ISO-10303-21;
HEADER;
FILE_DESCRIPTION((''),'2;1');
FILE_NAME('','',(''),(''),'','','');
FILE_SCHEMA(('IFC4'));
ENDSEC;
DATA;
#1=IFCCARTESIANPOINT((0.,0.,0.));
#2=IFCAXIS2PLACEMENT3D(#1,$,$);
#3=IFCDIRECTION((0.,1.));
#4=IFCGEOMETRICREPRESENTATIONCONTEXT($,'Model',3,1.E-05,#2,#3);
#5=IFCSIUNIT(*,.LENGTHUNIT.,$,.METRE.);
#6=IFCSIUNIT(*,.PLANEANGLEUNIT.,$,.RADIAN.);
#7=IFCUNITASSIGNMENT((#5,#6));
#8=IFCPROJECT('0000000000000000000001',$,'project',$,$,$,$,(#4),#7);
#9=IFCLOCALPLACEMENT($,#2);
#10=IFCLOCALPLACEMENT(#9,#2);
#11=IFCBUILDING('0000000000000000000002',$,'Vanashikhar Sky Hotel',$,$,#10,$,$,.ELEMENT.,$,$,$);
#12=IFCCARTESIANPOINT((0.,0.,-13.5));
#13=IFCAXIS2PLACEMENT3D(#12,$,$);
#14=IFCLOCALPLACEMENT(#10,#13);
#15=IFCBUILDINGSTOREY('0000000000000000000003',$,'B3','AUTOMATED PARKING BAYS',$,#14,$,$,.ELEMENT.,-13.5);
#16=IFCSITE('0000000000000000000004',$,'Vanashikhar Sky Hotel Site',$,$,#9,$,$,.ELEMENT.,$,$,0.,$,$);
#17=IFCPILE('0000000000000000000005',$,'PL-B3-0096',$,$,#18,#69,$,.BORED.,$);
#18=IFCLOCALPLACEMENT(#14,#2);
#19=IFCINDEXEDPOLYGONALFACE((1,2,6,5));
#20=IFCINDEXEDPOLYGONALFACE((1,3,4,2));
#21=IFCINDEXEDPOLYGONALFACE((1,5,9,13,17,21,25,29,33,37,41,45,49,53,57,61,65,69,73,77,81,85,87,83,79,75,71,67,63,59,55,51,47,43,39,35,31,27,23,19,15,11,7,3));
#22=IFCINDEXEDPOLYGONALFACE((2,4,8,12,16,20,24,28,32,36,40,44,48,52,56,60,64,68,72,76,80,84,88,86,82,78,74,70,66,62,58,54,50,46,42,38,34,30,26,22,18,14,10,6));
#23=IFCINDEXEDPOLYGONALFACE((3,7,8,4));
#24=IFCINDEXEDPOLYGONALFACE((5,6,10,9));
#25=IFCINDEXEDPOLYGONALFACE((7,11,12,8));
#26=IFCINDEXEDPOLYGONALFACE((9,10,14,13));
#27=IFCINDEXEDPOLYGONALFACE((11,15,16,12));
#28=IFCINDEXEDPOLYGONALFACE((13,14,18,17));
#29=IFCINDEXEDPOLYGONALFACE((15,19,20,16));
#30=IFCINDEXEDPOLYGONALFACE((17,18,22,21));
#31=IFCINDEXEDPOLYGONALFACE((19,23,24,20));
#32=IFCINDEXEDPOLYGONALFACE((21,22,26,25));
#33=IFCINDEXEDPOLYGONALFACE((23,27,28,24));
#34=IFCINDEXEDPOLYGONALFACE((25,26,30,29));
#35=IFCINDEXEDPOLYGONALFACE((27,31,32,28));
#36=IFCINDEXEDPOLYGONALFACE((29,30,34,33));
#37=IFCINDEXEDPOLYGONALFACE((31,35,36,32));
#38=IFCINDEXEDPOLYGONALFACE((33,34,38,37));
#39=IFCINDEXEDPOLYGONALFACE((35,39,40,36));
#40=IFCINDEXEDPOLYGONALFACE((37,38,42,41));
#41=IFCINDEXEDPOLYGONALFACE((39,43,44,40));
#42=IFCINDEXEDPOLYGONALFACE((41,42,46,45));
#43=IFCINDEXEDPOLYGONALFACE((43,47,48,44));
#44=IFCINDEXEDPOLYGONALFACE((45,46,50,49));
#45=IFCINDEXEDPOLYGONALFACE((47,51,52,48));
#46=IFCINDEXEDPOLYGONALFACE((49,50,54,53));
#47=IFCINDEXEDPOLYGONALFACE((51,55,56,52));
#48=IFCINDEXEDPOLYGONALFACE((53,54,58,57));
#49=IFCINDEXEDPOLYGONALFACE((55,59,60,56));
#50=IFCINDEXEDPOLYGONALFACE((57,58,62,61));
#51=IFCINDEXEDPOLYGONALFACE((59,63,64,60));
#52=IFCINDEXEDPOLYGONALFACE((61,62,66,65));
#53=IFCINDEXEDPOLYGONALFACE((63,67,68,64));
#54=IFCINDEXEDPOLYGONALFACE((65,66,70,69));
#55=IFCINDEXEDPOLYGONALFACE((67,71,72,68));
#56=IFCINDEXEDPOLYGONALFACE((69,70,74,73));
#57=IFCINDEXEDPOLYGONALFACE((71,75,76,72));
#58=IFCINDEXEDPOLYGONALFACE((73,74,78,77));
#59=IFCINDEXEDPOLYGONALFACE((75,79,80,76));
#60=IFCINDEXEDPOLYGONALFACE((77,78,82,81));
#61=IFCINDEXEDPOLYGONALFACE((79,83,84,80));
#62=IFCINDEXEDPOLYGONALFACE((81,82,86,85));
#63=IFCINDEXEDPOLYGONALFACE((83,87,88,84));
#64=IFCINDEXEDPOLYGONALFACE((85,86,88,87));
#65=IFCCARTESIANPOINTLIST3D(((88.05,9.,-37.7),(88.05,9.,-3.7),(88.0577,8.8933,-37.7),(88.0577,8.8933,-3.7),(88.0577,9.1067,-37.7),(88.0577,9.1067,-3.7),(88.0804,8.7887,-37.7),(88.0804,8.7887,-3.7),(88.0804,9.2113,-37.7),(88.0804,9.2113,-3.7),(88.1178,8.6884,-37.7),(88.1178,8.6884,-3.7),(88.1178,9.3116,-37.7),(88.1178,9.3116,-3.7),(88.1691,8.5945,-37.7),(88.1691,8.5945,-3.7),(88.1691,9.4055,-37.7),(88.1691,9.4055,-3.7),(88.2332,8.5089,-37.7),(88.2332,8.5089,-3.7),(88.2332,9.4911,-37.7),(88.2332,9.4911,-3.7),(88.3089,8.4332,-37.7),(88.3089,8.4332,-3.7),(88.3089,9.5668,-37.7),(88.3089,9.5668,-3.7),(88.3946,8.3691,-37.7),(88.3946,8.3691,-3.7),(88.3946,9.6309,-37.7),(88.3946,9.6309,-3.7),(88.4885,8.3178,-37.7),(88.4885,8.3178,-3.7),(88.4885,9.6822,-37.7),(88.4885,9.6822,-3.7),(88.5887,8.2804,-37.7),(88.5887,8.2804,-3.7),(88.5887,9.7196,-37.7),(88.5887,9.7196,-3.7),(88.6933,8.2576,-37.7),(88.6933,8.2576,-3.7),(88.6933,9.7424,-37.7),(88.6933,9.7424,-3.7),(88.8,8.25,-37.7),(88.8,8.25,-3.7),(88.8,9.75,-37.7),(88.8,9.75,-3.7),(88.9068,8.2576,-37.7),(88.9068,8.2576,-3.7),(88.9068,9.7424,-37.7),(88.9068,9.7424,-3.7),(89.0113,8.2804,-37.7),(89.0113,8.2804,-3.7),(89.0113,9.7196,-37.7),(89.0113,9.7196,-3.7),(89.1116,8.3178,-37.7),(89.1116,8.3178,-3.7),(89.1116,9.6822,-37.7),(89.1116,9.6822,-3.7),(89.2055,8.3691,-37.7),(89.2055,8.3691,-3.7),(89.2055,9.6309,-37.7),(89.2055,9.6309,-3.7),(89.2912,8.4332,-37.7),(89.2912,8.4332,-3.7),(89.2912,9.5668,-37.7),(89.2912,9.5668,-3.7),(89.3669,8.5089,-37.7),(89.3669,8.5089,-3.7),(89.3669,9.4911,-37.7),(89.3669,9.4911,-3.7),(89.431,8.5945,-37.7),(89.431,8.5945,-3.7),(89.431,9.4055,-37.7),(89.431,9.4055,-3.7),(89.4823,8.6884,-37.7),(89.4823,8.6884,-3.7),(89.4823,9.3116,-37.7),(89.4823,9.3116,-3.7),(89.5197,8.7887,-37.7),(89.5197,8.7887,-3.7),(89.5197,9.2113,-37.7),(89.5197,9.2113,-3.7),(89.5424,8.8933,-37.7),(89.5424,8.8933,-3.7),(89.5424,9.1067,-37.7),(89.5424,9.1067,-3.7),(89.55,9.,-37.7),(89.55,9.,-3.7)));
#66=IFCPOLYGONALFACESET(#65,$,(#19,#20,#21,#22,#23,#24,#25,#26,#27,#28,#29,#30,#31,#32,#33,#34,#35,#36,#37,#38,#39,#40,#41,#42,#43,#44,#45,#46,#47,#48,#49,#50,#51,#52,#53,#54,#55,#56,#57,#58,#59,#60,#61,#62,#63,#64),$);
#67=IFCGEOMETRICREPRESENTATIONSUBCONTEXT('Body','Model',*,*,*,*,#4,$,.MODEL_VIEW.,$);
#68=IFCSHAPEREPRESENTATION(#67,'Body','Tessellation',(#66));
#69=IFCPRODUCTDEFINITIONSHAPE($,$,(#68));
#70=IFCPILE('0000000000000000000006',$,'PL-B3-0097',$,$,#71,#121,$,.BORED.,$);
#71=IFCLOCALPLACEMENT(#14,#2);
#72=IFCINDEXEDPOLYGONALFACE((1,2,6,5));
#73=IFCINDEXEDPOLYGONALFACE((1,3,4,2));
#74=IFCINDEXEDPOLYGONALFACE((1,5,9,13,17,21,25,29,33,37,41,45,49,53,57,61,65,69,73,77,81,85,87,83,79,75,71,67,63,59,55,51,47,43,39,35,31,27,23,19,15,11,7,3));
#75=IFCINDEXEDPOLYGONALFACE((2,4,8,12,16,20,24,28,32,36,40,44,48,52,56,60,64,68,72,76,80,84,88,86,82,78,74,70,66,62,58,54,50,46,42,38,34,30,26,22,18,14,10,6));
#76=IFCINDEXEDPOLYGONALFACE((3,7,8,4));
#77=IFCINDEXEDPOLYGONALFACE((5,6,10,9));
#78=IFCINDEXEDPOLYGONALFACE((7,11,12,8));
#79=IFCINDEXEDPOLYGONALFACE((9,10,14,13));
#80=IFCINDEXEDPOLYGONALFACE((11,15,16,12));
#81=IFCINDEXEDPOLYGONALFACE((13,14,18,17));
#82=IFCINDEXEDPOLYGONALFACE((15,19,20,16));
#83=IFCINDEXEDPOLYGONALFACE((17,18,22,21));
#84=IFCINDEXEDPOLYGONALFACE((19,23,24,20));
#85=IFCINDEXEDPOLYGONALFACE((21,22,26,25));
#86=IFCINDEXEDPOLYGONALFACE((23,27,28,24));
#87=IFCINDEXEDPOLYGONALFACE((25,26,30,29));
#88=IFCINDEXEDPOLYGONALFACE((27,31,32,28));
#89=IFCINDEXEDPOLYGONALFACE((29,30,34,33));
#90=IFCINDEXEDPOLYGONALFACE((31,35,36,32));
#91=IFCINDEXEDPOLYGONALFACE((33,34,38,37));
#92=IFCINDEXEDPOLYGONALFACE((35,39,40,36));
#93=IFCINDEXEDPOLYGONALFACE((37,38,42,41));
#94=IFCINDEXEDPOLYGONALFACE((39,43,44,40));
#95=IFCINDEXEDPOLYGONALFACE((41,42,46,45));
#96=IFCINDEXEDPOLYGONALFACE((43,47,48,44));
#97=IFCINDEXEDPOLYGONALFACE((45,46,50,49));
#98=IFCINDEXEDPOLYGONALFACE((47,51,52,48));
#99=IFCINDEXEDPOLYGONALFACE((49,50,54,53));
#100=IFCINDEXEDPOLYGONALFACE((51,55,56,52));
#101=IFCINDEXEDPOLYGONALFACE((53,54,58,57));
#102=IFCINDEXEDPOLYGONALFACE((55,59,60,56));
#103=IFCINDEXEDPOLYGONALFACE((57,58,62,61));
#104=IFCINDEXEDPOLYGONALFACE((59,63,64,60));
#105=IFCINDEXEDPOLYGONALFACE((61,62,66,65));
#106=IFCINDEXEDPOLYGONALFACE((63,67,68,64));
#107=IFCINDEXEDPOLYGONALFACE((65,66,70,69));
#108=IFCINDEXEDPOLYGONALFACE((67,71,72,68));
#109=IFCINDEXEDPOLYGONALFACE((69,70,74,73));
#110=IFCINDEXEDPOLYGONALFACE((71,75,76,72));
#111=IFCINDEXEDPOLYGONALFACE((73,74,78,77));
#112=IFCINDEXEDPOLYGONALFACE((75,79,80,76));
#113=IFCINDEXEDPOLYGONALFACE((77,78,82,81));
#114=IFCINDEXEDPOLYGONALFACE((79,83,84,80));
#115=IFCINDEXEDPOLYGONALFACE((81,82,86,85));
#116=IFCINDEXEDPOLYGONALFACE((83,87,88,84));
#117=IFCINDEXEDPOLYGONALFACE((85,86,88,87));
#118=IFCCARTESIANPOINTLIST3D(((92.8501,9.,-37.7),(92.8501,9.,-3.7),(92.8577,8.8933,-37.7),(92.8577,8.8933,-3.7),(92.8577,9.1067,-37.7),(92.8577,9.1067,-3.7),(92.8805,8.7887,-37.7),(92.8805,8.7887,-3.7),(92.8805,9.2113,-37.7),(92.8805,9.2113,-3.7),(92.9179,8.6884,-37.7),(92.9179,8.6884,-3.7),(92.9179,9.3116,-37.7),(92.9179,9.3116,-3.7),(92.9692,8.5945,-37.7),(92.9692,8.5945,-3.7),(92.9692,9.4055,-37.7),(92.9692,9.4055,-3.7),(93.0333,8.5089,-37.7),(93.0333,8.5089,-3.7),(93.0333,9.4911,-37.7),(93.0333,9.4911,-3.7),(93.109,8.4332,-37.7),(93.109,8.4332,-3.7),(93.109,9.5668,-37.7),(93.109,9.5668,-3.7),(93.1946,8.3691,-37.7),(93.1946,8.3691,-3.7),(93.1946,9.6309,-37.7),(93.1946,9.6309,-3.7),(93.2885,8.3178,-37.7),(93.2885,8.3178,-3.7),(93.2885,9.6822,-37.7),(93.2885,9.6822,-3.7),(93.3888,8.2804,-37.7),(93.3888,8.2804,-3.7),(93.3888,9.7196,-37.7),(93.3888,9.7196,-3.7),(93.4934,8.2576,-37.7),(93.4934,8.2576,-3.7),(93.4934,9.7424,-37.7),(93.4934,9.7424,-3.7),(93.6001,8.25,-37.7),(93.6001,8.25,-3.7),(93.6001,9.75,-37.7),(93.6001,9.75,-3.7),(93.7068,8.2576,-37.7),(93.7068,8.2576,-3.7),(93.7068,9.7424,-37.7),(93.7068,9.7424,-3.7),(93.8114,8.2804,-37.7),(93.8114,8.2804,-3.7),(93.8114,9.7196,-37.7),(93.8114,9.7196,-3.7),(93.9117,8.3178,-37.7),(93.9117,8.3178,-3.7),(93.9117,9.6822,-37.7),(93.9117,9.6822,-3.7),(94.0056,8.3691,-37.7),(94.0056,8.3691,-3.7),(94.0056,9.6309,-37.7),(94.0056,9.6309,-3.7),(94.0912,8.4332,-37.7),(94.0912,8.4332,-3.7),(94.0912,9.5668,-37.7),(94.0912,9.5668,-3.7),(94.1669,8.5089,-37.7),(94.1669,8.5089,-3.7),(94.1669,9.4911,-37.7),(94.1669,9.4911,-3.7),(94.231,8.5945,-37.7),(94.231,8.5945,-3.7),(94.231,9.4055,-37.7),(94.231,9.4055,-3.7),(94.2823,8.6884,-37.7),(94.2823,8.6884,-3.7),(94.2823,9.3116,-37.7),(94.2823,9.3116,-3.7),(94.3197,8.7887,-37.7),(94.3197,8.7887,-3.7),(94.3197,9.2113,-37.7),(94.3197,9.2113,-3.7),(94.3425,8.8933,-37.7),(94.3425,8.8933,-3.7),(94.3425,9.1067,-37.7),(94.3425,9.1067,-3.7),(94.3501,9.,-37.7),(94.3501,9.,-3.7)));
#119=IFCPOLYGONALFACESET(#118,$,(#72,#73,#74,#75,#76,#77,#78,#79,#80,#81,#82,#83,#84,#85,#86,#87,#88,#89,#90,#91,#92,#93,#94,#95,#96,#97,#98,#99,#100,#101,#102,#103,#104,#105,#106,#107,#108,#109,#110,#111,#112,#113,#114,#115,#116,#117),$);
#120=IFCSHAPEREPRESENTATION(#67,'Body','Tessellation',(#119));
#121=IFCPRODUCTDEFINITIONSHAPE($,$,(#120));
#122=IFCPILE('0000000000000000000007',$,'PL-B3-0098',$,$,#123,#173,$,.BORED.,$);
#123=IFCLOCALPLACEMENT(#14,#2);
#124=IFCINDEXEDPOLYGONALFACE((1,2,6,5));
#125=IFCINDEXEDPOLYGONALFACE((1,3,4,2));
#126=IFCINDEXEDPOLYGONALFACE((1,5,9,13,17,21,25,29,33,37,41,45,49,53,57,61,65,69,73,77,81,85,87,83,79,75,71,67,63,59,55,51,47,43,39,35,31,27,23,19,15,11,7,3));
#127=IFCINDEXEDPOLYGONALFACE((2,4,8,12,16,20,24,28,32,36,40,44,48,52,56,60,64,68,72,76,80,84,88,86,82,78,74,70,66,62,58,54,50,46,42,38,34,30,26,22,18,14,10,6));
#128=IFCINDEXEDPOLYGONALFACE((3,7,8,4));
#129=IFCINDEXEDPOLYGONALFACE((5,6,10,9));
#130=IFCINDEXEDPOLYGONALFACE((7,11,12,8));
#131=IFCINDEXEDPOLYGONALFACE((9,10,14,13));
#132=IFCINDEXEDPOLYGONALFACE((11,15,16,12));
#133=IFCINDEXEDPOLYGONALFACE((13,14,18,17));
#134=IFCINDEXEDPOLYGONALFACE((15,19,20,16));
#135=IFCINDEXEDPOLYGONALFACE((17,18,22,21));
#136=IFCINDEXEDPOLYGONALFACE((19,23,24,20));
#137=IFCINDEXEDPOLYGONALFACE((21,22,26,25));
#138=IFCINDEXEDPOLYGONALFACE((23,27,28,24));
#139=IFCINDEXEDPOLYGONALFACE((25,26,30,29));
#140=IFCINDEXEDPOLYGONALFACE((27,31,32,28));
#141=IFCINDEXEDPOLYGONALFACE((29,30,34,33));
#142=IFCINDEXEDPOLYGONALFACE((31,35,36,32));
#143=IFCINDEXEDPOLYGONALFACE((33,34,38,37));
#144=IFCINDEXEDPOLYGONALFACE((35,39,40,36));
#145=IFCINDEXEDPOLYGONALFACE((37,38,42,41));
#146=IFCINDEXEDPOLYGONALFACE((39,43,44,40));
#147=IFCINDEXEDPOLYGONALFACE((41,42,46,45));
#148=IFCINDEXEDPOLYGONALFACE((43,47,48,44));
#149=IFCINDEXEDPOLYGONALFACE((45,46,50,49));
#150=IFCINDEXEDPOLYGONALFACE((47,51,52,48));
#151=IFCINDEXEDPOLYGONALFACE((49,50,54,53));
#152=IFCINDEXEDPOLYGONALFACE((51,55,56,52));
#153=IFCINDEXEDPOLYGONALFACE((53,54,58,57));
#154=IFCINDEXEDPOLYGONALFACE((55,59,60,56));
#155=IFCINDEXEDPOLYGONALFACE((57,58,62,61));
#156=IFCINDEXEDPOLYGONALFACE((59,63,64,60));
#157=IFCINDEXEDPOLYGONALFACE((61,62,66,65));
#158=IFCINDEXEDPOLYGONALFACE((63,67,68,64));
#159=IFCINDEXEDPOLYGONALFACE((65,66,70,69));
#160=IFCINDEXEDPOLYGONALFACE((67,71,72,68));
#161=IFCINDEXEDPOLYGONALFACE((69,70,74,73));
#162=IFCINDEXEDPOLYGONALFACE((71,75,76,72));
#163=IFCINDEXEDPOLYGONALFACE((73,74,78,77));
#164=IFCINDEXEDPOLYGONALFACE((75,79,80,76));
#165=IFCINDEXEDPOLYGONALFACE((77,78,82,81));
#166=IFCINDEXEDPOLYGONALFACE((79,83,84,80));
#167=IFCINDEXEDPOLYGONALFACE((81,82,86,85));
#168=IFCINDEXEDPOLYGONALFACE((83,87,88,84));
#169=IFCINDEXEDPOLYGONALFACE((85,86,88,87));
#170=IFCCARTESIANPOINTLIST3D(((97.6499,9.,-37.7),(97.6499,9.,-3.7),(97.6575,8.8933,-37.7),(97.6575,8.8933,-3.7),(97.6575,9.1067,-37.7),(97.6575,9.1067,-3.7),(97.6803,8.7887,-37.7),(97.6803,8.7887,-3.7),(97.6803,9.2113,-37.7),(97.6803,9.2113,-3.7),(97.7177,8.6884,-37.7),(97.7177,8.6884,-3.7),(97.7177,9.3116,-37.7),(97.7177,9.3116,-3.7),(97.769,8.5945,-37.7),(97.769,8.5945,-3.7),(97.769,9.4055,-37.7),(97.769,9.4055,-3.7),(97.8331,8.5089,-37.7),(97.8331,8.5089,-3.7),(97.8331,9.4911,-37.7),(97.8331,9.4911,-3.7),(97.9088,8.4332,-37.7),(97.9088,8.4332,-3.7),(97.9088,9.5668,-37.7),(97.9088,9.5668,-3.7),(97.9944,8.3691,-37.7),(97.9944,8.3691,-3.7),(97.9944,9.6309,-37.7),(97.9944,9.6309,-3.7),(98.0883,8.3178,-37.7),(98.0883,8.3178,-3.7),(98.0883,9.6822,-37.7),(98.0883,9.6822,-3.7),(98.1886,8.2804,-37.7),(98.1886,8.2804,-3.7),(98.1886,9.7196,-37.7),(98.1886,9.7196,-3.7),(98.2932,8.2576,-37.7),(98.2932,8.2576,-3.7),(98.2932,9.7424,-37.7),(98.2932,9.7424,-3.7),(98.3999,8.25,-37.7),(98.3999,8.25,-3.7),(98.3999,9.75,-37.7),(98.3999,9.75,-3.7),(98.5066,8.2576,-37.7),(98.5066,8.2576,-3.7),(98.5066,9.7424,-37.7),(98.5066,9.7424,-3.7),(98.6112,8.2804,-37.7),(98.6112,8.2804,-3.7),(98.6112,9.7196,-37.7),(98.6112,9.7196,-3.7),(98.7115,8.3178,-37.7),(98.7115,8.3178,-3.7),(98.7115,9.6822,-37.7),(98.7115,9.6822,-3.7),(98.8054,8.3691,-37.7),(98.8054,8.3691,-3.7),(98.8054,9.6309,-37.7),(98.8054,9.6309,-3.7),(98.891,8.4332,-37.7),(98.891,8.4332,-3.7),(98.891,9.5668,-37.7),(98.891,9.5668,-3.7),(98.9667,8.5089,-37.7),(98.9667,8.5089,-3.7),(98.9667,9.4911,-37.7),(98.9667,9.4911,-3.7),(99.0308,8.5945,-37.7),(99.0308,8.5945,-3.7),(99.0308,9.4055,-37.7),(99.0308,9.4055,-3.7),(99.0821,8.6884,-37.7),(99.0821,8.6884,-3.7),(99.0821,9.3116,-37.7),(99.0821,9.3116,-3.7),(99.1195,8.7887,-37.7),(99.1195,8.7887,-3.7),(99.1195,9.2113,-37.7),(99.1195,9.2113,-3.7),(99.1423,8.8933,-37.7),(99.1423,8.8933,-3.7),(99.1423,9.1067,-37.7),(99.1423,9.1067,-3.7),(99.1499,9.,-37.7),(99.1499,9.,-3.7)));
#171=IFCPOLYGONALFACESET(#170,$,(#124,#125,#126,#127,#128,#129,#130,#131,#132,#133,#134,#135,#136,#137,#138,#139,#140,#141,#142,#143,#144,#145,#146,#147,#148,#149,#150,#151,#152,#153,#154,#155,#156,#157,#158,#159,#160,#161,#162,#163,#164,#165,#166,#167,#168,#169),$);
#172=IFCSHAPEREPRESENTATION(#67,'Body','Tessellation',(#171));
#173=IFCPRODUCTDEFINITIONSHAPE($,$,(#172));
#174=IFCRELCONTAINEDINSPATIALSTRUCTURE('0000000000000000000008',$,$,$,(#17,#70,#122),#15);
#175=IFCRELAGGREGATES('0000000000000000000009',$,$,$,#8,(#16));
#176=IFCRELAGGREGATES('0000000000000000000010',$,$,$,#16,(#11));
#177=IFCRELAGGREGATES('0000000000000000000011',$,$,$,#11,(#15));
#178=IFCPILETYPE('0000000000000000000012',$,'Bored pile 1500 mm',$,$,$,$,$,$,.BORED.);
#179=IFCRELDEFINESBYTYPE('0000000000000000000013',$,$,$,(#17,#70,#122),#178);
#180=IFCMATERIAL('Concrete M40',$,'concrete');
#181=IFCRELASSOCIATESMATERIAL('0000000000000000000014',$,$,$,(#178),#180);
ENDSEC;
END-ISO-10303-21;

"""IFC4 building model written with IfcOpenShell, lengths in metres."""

from ifc_helpers import new_model, si_unit, direction, frame, origin, origin_2d, place, context, subcontext, project, spatial, circle, extrude, source, transform, mapped, material, type_object, element, save


model = new_model("IFC4")

# Units and contexts
model_context = context("Model", 3, precision=1e-05, world=origin(), true_north=direction((0.0, 1.0)))
body_context = subcontext(model_context, "Body", "Model", "MODEL_VIEW")
ifc_project = project(units=[si_unit("LENGTHUNIT", "METRE"), si_unit("PLANEANGLEUNIT", "RADIAN")], contexts=[model_context])

# Site, building, storey
site_placement = place(None, origin())
site = spatial("IfcSite", under=ifc_project, at=site_placement, Name="Vanashikhar Sky Hotel Site", CompositionType="ELEMENT", RefElevation=0.0)
building_placement = place(site_placement, origin())
building = spatial("IfcBuilding", under=site, at=building_placement, Name="Vanashikhar Sky Hotel", CompositionType="ELEMENT")
storey_placement = place(building_placement, frame((0.0, 0.0, -13.5)))
storey = spatial("IfcBuildingStorey", under=building, at=storey_placement, Name="B3", Description="AUTOMATED PARKING BAYS", CompositionType="ELEMENT", Elevation=-13.5)

# Piles
ifc_material_1 = material(Name="Concrete M40", Category="concrete")
pile_type = type_object("IfcPileType", Name="Bored pile 1500 mm", PredefinedType="BORED", material=ifc_material_1)
shared_shape_1 = source(origin(), body_context, "Body", "SweptSolid", [
    extrude(circle(Radius=0.75, at=origin_2d()), origin(), (0.0, 0.0, 1.0), 34.0),
])
for number, where, z_axis, x_axis, name in (
    (1, (88.8, 9.0, -3.7), (0.0, 0.0, -1.0), (1.0, 0.0, 0.0), "PL-B3-0096"),
    (2, (93.6001, 9.0, -3.7), (0.0, 0.0, -1.0), (1.0, 0.0, 0.0), "PL-B3-0097"),
    (3, (98.3999, 9.0, -3.7), (0.0, 0.0, -1.0), (1.0, 0.0, 0.0), "PL-B3-0098"),
):
    element("IfcPile", number, at=place(storey_placement, frame(where, z_axis=z_axis, x_axis=x_axis)), inside=storey, type_object=pile_type, Name=name, PredefinedType="BORED", context=body_context, shape_type="MappedRepresentation", body=[
        mapped(shared_shape_1, transform((0.0, 0.0, 0.0), scale=1.0)),
    ])

save(model, "model.ifc")
